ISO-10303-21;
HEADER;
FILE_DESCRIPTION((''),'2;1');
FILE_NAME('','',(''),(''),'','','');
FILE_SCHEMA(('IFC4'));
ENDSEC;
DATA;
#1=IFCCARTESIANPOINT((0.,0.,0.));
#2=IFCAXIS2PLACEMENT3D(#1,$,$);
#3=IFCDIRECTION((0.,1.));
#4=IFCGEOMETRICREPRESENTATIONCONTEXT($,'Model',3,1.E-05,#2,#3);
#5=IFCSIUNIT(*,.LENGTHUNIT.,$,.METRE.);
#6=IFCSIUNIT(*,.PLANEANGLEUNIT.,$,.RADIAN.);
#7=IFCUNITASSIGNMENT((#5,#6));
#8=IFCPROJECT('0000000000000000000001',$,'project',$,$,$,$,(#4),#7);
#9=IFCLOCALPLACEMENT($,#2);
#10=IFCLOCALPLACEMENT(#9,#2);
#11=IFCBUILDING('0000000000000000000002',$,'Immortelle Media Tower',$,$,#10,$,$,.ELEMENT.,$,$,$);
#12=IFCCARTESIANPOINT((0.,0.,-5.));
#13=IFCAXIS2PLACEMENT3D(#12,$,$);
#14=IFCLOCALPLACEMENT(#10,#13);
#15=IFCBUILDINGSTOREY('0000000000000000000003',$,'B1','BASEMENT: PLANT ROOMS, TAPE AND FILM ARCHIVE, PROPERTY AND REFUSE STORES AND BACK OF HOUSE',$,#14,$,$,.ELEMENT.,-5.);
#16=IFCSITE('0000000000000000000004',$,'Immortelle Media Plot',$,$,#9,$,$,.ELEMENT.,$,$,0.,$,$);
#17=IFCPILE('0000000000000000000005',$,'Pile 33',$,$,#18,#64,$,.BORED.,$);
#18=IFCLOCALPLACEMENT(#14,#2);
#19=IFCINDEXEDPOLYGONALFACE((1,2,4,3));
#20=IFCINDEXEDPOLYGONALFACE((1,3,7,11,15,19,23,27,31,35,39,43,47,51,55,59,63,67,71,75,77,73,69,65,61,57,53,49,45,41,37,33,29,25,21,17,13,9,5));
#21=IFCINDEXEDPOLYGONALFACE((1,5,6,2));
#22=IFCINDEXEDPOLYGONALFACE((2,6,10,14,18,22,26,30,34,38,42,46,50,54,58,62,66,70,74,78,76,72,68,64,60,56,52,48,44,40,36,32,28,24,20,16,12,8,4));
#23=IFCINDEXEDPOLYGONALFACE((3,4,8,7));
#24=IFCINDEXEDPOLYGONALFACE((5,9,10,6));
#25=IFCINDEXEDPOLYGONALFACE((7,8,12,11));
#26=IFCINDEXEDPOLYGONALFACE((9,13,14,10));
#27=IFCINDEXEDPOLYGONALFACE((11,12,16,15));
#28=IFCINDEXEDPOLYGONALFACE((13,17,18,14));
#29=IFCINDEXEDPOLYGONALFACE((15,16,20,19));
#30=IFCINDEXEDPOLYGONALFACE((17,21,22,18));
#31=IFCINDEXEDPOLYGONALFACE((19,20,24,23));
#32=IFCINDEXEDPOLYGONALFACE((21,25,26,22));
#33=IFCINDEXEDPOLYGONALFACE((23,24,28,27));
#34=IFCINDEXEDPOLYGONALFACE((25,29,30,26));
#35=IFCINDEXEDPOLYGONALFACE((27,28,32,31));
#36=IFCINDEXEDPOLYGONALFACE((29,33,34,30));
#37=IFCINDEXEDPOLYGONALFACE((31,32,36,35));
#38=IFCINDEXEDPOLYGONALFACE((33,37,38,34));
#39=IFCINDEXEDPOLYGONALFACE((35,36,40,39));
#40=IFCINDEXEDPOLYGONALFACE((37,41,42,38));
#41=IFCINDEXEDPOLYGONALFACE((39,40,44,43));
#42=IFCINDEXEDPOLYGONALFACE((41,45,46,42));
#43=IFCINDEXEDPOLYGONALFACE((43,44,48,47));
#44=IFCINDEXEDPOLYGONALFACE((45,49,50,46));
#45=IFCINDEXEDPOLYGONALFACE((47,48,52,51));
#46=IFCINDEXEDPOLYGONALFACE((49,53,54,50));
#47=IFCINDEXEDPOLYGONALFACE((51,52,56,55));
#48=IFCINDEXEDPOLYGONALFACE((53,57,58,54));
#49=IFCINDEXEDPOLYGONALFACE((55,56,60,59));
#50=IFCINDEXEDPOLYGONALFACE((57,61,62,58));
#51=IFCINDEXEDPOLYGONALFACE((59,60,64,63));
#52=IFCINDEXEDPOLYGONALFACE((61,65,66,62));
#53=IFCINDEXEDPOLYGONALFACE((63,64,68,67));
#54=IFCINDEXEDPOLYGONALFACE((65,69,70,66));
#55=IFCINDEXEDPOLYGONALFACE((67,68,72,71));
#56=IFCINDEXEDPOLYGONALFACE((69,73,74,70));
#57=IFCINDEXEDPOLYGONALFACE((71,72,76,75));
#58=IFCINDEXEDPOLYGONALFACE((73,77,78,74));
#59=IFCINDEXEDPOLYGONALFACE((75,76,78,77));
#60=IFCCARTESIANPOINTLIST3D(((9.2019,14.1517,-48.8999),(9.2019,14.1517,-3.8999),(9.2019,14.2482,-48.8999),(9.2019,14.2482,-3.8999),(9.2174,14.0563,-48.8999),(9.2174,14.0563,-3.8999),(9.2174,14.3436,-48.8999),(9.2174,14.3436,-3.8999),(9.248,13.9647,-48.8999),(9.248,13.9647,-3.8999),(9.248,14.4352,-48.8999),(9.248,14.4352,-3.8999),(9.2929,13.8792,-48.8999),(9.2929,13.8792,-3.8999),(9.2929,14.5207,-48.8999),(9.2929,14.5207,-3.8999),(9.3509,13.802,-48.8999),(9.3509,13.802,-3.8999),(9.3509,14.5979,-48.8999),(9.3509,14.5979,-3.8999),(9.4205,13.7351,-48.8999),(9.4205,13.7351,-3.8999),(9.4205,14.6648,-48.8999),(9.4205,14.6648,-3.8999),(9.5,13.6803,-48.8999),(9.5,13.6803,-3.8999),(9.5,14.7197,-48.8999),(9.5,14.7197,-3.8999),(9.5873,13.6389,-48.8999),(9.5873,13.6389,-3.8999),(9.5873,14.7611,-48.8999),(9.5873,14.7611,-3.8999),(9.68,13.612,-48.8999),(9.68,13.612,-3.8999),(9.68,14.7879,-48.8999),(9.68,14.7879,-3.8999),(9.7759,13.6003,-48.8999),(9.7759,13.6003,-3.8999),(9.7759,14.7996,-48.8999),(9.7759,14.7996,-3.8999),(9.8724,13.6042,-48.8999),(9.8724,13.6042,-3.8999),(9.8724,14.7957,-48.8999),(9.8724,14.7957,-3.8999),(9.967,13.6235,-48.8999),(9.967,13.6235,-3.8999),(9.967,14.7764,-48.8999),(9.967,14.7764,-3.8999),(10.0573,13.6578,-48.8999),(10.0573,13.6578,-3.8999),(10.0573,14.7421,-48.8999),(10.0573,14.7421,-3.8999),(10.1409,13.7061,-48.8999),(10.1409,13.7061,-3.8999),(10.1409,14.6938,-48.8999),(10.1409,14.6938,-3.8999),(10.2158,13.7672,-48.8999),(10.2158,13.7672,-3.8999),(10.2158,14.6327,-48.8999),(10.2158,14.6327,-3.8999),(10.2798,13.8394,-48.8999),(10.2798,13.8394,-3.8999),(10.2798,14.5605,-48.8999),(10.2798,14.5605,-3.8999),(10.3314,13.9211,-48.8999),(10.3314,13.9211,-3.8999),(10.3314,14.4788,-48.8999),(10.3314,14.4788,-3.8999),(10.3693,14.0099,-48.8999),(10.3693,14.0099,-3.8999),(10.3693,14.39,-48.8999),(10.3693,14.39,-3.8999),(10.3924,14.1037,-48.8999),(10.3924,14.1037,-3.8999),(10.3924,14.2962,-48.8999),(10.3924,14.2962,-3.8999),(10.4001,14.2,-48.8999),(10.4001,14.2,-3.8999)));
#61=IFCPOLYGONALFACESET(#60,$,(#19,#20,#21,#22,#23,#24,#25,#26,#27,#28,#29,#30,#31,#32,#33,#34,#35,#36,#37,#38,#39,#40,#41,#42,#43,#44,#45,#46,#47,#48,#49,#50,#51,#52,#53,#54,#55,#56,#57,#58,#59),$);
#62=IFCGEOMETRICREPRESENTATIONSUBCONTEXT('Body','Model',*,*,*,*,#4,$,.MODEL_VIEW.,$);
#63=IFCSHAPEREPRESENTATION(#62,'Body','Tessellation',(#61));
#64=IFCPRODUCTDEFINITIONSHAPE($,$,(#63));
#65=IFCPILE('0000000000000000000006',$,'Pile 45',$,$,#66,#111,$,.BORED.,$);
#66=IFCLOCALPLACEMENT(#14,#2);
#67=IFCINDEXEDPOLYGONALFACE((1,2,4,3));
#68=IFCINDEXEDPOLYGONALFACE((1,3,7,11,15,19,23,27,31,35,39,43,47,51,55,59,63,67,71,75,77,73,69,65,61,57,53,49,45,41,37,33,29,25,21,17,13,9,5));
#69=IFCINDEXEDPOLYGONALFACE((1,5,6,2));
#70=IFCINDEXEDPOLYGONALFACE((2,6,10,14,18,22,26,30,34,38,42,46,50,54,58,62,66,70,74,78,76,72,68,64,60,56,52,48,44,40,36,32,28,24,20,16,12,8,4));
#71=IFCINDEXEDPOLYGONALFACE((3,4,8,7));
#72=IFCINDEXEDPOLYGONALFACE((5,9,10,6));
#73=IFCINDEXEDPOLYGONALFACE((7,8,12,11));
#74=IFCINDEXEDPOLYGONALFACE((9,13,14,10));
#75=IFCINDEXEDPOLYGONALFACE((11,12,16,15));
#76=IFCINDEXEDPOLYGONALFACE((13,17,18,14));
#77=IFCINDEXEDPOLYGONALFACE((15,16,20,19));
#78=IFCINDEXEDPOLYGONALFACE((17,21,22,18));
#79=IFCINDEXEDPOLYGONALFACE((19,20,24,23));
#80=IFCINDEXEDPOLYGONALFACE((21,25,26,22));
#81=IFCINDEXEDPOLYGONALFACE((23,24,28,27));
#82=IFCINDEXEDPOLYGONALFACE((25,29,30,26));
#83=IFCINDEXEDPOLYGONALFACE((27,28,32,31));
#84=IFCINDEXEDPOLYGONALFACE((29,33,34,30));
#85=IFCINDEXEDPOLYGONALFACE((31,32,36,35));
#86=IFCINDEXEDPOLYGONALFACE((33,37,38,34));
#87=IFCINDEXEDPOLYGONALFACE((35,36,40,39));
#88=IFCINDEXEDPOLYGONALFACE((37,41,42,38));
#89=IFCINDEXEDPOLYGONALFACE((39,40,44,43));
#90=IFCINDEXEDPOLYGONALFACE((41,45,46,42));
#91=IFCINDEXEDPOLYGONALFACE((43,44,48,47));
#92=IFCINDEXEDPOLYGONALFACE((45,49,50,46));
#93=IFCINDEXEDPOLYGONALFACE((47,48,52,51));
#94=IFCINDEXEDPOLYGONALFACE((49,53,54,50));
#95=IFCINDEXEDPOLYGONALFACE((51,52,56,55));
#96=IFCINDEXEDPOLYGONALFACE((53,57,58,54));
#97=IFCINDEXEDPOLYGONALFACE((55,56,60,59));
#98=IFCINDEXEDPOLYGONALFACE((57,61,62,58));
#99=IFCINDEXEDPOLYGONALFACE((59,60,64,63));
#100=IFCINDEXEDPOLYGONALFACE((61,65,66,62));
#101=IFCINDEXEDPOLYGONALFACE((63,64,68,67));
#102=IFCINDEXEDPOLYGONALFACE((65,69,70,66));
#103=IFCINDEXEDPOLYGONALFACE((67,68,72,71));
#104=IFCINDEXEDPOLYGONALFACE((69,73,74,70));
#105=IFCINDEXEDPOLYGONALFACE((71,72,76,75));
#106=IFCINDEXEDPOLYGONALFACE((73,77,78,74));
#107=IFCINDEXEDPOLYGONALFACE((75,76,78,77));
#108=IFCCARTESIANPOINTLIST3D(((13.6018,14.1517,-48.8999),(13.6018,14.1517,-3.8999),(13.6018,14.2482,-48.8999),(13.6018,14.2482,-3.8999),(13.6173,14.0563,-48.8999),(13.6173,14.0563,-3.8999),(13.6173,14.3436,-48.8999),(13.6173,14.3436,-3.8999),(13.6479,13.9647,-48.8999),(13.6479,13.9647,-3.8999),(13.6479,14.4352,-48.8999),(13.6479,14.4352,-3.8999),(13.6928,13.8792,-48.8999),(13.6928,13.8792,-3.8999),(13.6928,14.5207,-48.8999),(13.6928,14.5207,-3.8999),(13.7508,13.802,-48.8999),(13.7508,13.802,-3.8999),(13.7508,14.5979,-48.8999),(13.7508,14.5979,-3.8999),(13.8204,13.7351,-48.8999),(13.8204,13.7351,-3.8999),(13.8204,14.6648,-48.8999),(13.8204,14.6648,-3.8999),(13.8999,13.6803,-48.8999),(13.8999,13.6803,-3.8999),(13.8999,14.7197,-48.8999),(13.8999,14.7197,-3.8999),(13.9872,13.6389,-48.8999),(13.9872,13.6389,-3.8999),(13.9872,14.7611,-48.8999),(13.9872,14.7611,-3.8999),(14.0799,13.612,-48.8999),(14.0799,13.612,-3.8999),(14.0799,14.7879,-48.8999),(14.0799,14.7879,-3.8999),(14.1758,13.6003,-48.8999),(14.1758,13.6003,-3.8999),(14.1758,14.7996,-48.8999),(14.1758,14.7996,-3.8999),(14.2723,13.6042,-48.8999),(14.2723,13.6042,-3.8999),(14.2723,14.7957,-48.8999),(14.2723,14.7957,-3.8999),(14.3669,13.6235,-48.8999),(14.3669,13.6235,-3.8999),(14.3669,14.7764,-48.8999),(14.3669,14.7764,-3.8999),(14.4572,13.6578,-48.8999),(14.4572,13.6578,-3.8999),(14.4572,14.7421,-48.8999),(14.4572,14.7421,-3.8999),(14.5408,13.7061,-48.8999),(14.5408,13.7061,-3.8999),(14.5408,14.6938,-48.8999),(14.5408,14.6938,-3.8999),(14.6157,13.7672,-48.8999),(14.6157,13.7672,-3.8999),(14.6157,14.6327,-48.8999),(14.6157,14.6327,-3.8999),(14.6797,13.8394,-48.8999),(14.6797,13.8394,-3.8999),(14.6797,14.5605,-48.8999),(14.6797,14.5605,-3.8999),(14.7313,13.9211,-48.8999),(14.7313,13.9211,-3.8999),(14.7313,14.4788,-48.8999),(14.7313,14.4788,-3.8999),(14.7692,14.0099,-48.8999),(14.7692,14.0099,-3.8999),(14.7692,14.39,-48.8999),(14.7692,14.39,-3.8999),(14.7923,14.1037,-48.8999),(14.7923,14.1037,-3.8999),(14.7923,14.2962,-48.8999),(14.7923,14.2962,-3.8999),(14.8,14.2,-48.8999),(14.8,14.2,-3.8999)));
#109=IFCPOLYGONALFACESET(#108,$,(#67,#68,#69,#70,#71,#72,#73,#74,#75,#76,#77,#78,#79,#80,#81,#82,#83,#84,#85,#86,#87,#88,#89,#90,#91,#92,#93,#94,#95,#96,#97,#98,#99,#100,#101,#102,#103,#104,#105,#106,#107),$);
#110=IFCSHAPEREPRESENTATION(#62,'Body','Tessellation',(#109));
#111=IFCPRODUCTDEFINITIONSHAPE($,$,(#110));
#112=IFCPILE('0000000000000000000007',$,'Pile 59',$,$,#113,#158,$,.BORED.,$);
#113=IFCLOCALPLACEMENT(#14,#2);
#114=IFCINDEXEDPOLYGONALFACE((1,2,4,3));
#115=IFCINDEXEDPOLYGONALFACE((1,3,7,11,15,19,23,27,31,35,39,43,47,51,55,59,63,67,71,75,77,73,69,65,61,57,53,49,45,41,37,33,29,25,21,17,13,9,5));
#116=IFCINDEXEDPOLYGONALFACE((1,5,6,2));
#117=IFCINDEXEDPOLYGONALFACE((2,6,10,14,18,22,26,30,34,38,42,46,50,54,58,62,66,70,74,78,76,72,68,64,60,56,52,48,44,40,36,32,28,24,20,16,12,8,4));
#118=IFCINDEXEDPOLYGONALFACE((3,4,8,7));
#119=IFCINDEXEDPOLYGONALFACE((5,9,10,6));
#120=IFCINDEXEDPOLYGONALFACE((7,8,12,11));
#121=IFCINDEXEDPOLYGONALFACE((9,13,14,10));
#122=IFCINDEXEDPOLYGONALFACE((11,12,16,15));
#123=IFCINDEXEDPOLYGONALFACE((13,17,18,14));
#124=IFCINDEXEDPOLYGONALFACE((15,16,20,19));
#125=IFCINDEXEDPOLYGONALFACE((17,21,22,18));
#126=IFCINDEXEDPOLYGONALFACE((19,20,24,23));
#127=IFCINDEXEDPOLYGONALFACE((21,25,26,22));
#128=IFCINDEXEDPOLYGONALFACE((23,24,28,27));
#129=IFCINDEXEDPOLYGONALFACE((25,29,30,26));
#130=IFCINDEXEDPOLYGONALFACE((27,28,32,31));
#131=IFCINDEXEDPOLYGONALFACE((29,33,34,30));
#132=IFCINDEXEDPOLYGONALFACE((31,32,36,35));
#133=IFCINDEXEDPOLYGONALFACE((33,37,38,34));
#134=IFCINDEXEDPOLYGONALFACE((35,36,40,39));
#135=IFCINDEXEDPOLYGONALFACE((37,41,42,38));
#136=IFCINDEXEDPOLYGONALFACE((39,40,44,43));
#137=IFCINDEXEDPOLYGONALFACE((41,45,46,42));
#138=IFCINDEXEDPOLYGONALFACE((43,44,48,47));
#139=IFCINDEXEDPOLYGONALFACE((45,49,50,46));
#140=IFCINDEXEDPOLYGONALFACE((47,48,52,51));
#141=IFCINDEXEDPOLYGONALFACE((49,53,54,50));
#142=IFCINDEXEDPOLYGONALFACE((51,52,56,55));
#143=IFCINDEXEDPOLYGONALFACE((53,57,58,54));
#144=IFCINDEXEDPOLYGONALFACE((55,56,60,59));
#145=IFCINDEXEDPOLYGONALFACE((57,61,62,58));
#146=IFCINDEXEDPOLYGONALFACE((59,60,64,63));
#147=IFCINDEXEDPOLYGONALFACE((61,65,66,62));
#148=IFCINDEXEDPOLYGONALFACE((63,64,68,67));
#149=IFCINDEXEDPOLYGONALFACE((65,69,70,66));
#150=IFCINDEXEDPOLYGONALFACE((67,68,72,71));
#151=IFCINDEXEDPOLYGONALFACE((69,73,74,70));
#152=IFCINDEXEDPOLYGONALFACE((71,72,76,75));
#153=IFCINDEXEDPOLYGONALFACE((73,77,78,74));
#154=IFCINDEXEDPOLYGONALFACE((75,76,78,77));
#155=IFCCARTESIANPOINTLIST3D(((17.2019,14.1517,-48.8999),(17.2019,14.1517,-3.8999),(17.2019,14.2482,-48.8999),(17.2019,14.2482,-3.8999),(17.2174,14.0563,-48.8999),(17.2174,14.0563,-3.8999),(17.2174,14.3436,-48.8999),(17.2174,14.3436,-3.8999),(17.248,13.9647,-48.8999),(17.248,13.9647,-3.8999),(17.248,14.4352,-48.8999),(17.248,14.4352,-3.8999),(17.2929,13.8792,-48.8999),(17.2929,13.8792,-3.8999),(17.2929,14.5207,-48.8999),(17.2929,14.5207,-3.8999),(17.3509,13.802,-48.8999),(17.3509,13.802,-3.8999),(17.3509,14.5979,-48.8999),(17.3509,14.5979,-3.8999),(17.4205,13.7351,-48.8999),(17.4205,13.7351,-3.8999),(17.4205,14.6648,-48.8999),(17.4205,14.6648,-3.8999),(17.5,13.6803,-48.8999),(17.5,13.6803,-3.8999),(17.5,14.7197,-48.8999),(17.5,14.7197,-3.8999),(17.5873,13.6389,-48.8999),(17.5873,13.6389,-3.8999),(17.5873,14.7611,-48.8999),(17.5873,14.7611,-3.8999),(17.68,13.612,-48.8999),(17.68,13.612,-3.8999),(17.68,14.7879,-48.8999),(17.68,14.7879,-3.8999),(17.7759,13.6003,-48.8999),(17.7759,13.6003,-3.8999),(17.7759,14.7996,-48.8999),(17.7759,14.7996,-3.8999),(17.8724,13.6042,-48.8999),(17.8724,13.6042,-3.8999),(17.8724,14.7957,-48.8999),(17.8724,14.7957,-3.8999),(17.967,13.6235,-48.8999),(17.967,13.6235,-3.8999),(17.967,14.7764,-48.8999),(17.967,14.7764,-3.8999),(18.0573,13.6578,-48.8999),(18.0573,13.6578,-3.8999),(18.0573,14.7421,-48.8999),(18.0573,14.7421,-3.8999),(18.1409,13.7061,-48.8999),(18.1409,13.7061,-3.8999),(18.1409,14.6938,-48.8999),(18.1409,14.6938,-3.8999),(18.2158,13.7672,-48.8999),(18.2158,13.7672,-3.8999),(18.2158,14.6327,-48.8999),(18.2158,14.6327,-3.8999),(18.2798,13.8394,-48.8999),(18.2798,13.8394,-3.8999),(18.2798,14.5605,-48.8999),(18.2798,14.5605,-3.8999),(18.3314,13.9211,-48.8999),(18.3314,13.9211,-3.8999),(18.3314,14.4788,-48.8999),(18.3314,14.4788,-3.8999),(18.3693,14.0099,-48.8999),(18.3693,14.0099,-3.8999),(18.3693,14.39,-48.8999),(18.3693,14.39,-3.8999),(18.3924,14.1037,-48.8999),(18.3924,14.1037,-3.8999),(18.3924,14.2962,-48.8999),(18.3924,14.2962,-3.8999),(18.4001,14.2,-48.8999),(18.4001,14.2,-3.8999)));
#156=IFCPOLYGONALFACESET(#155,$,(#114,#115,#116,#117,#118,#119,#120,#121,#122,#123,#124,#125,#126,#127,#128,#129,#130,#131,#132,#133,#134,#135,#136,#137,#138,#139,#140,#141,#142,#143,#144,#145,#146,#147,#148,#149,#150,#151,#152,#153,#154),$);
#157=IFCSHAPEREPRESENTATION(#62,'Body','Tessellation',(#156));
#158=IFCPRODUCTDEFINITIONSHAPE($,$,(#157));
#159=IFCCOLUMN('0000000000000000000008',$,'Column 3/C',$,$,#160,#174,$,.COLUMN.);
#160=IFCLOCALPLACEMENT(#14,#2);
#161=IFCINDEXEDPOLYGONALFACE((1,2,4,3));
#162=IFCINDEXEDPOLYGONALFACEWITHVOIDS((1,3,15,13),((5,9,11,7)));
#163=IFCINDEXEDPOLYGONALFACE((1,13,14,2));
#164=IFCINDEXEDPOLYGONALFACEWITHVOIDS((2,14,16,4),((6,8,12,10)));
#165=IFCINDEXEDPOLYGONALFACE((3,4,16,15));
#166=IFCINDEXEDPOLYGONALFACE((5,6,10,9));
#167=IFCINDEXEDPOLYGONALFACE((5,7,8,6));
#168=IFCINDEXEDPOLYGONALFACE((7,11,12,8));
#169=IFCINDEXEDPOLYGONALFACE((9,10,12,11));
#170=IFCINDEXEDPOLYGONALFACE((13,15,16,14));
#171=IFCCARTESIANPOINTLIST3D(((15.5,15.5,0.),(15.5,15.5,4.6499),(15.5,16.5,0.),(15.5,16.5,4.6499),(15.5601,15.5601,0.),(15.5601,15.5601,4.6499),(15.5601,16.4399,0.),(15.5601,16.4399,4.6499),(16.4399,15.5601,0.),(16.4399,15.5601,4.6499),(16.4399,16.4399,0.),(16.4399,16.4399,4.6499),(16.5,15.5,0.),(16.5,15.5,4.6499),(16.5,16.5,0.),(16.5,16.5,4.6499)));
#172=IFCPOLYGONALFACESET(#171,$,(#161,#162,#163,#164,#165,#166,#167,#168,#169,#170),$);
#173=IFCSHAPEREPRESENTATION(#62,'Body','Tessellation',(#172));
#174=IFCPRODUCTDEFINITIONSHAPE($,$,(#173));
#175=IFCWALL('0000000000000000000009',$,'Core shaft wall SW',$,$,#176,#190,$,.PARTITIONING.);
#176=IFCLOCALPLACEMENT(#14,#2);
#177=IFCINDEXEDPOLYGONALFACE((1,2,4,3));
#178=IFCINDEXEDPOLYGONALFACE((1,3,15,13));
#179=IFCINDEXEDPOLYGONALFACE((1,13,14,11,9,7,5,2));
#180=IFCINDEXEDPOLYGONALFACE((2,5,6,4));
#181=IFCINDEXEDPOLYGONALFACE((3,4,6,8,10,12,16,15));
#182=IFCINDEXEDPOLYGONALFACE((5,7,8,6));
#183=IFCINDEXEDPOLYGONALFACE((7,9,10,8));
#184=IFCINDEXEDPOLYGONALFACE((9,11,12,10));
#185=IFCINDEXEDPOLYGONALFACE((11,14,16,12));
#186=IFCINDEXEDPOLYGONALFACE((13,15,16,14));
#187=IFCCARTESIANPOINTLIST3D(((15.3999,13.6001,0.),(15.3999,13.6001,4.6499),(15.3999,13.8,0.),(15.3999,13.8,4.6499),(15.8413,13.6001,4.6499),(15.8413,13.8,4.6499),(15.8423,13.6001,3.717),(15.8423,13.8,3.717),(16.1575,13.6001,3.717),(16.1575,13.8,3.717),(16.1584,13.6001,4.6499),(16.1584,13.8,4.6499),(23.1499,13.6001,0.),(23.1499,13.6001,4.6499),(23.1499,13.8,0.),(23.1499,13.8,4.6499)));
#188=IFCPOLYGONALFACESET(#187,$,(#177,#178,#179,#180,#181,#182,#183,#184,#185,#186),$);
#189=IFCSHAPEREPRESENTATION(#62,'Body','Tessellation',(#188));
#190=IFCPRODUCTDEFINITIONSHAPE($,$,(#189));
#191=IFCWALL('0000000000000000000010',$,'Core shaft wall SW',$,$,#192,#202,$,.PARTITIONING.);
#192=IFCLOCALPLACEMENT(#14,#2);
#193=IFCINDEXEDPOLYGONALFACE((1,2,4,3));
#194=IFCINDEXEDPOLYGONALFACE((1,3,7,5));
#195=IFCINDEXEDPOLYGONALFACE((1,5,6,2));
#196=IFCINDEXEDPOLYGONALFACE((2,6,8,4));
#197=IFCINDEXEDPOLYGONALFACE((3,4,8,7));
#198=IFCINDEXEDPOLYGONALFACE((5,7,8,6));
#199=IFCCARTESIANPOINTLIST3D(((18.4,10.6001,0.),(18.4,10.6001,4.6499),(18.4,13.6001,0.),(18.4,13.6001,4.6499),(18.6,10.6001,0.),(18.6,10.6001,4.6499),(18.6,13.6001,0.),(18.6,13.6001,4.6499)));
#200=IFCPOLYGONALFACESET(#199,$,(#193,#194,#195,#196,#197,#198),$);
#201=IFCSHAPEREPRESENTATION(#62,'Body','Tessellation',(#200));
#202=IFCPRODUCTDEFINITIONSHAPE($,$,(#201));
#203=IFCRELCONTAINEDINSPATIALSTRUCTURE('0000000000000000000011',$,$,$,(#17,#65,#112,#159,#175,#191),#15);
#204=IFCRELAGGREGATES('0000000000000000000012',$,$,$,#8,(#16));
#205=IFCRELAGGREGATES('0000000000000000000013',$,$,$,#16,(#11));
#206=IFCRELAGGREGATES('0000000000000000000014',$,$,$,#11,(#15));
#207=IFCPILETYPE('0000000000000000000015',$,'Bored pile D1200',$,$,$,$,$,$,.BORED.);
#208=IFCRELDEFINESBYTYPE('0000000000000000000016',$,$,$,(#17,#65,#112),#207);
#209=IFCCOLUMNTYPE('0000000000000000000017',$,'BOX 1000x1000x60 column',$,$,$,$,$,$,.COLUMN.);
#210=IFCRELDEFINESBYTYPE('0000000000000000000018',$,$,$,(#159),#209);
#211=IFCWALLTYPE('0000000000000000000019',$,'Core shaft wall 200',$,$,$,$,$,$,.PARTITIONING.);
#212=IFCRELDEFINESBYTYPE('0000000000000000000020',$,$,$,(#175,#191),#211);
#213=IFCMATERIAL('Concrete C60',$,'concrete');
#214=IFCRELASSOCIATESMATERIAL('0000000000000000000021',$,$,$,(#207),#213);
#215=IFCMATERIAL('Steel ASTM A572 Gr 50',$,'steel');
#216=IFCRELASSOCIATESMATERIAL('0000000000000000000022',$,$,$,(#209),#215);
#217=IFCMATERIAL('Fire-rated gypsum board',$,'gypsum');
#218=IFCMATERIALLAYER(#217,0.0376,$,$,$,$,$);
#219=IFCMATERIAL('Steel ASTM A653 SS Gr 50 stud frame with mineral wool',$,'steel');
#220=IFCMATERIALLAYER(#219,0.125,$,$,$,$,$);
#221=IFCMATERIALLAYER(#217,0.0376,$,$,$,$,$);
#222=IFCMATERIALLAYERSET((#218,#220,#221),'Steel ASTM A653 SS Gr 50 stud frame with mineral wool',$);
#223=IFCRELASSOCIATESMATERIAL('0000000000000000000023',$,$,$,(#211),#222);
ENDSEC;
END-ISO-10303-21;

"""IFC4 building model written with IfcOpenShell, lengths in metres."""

from ifc_helpers import new_model, si_unit, direction, frame, frame_2d, origin, origin_2d, place, context, subcontext, project, spatial, polyline, rectangle, hollow_rectangle, circle, outline, extrude, material, layer, layer_set, material_profile, profile_set, type_object, element, save


model = new_model("IFC4")

# Units and contexts
model_context = context("Model", 3, precision=1e-05, world=origin(), true_north=direction((0.0, 1.0)))
body_context = subcontext(model_context, "Body", "Model", "MODEL_VIEW")
ifc_project = project(units=[si_unit("LENGTHUNIT", "METRE"), si_unit("PLANEANGLEUNIT", "RADIAN")], contexts=[model_context])

# Site, building, storey
site_placement = place(None, origin())
site = spatial("IfcSite", under=ifc_project, at=site_placement, Name="Immortelle Media Plot", CompositionType="ELEMENT", RefElevation=0.0)
building_placement = place(site_placement, origin())
building = spatial("IfcBuilding", under=site, at=building_placement, Name="Immortelle Media Tower", CompositionType="ELEMENT")
storey_placement = place(building_placement, frame((0.0, 0.0, -5.0)))
storey = spatial("IfcBuildingStorey", under=building, at=storey_placement, Name="B1", Description="BASEMENT: PLANT ROOMS, TAPE AND FILM ARCHIVE, PROPERTY AND REFUSE STORES AND BACK OF HOUSE", CompositionType="ELEMENT", Elevation=-5.0)

# Piles
ifc_material_1 = material(Name="Concrete C60", Category="concrete")
ifc_material_profile_1 = material_profile(ifc_material_1, circle(Radius=0.6001, at=origin_2d()), Name="Bored pile D1200")
ifc_profile_set_1 = profile_set([ifc_material_profile_1], Name="Concrete C60")
pile_type = type_object("IfcPileType", Name="Bored pile D1200", PredefinedType="BORED", material=ifc_profile_set_1)
for number, where, z_axis, x_axis, name in (
    (1, (9.8, 14.2, -3.8999), (0.0, 0.0, -1.0), (1.0, 0.0, 0.0), "Pile 33"),
    (2, (14.2, 14.2, -3.8999), (0.0, 0.0, -1.0), (1.0, 0.0, 0.0), "Pile 45"),
    (3, (17.8, 14.2, -3.8999), (0.0, 0.0, -1.0), (1.0, 0.0, 0.0), "Pile 59"),
):
    element("IfcPile", number, at=place(storey_placement, frame(where, z_axis=z_axis, x_axis=x_axis)), inside=storey, type_object=pile_type, Name=name, PredefinedType="BORED", context=body_context, shape_type="SweptSolid", body=[
        extrude(circle(Radius=0.6001, at=origin_2d()), origin(), (0.0, 0.0, 1.0), 45.0),
    ])

# Column
ifc_material_2 = material(Name="Steel ASTM A572 Gr 50", Category="steel")
ifc_material_profile_2 = material_profile(ifc_material_2, hollow_rectangle(XDim=1.0, YDim=1.0, WallThickness=0.0601, at=origin_2d()), Name="BOX 1000x1000x60 column")
ifc_profile_set_2 = profile_set([ifc_material_profile_2], Name="Steel ASTM A572 Gr 50")
column_type = type_object("IfcColumnType", Name="BOX 1000x1000x60 column", PredefinedType="COLUMN", material=ifc_profile_set_2)
column_placement = place(storey_placement, frame((16.0, 16.0, 0.0), z_axis=(0.0, 0.0, 1.0), x_axis=(1.0, 0.0, 0.0)))
element("IfcColumn", 4, at=column_placement, inside=storey, type_object=column_type, Name="Column 3/C", PredefinedType="COLUMN", context=body_context, shape_type="SweptSolid", body=[
    extrude(hollow_rectangle(XDim=1.0, YDim=1.0, WallThickness=0.0601, at=origin_2d()), origin(), (0.0, 0.0, 1.0), 4.6499),
])

# Walls
ifc_material_3 = material(Name="Fire-rated gypsum board", Category="gypsum")
ifc_layer_1 = layer(ifc_material_3, 0.0376)
ifc_material_4 = material(Name="Steel ASTM A653 SS Gr 50 stud frame with mineral wool", Category="steel")
ifc_layer_2 = layer(ifc_material_4, 0.125)
ifc_layer_3 = layer(ifc_material_3, 0.0376)
ifc_layer_set_1 = layer_set([ifc_layer_1, ifc_layer_2, ifc_layer_3], Name="Steel ASTM A653 SS Gr 50 stud frame with mineral wool")
wall_type_1 = type_object("IfcWallType", Name="Core shaft wall 200", PredefinedType="PARTITIONING", material=ifc_layer_set_1)
wall_1_placement = place(storey_placement, frame((15.3999, 13.7, 0.0), z_axis=(0.0, 0.0, 1.0), x_axis=(1.0, 0.0, 0.0)))
element("IfcWall", 5, at=wall_1_placement, inside=storey, type_object=wall_type_1, Name="Core shaft wall SW", PredefinedType="PARTITIONING", context=body_context, shape_type="SweptSolid", body=[
    extrude(outline(polyline([(0.0, 0.0), (7.75, 0.0), (7.75, 4.6499), (0.7585, 4.6499), (0.7576, 3.717), (0.4424, 3.717), (0.4414, 4.6499), (0.0, 4.6499), (0.0, 0.0)])), frame((0.0, 0.1001, 0.0), z_axis=(0.0, -1.0, 0.0), x_axis=(1.0, 0.0, 0.0)), (0.0, 0.0, 1.0), 0.2),
])
wall_2_placement = place(storey_placement, frame((18.5, 10.6001, 0.0), z_axis=(0.0, 0.0, 1.0), x_axis=(0.0, 1.0, 0.0)))
element("IfcWall", 6, at=wall_2_placement, inside=storey, type_object=wall_type_1, Name="Core shaft wall SW", PredefinedType="PARTITIONING", context=body_context, shape_type="SweptSolid", body=[
    extrude(rectangle(XDim=3.0, YDim=0.2, at=frame_2d((1.5, 0.0))), origin(), (0.0, 0.0, 1.0), 4.6499),
])

save(model, "model.ifc")
